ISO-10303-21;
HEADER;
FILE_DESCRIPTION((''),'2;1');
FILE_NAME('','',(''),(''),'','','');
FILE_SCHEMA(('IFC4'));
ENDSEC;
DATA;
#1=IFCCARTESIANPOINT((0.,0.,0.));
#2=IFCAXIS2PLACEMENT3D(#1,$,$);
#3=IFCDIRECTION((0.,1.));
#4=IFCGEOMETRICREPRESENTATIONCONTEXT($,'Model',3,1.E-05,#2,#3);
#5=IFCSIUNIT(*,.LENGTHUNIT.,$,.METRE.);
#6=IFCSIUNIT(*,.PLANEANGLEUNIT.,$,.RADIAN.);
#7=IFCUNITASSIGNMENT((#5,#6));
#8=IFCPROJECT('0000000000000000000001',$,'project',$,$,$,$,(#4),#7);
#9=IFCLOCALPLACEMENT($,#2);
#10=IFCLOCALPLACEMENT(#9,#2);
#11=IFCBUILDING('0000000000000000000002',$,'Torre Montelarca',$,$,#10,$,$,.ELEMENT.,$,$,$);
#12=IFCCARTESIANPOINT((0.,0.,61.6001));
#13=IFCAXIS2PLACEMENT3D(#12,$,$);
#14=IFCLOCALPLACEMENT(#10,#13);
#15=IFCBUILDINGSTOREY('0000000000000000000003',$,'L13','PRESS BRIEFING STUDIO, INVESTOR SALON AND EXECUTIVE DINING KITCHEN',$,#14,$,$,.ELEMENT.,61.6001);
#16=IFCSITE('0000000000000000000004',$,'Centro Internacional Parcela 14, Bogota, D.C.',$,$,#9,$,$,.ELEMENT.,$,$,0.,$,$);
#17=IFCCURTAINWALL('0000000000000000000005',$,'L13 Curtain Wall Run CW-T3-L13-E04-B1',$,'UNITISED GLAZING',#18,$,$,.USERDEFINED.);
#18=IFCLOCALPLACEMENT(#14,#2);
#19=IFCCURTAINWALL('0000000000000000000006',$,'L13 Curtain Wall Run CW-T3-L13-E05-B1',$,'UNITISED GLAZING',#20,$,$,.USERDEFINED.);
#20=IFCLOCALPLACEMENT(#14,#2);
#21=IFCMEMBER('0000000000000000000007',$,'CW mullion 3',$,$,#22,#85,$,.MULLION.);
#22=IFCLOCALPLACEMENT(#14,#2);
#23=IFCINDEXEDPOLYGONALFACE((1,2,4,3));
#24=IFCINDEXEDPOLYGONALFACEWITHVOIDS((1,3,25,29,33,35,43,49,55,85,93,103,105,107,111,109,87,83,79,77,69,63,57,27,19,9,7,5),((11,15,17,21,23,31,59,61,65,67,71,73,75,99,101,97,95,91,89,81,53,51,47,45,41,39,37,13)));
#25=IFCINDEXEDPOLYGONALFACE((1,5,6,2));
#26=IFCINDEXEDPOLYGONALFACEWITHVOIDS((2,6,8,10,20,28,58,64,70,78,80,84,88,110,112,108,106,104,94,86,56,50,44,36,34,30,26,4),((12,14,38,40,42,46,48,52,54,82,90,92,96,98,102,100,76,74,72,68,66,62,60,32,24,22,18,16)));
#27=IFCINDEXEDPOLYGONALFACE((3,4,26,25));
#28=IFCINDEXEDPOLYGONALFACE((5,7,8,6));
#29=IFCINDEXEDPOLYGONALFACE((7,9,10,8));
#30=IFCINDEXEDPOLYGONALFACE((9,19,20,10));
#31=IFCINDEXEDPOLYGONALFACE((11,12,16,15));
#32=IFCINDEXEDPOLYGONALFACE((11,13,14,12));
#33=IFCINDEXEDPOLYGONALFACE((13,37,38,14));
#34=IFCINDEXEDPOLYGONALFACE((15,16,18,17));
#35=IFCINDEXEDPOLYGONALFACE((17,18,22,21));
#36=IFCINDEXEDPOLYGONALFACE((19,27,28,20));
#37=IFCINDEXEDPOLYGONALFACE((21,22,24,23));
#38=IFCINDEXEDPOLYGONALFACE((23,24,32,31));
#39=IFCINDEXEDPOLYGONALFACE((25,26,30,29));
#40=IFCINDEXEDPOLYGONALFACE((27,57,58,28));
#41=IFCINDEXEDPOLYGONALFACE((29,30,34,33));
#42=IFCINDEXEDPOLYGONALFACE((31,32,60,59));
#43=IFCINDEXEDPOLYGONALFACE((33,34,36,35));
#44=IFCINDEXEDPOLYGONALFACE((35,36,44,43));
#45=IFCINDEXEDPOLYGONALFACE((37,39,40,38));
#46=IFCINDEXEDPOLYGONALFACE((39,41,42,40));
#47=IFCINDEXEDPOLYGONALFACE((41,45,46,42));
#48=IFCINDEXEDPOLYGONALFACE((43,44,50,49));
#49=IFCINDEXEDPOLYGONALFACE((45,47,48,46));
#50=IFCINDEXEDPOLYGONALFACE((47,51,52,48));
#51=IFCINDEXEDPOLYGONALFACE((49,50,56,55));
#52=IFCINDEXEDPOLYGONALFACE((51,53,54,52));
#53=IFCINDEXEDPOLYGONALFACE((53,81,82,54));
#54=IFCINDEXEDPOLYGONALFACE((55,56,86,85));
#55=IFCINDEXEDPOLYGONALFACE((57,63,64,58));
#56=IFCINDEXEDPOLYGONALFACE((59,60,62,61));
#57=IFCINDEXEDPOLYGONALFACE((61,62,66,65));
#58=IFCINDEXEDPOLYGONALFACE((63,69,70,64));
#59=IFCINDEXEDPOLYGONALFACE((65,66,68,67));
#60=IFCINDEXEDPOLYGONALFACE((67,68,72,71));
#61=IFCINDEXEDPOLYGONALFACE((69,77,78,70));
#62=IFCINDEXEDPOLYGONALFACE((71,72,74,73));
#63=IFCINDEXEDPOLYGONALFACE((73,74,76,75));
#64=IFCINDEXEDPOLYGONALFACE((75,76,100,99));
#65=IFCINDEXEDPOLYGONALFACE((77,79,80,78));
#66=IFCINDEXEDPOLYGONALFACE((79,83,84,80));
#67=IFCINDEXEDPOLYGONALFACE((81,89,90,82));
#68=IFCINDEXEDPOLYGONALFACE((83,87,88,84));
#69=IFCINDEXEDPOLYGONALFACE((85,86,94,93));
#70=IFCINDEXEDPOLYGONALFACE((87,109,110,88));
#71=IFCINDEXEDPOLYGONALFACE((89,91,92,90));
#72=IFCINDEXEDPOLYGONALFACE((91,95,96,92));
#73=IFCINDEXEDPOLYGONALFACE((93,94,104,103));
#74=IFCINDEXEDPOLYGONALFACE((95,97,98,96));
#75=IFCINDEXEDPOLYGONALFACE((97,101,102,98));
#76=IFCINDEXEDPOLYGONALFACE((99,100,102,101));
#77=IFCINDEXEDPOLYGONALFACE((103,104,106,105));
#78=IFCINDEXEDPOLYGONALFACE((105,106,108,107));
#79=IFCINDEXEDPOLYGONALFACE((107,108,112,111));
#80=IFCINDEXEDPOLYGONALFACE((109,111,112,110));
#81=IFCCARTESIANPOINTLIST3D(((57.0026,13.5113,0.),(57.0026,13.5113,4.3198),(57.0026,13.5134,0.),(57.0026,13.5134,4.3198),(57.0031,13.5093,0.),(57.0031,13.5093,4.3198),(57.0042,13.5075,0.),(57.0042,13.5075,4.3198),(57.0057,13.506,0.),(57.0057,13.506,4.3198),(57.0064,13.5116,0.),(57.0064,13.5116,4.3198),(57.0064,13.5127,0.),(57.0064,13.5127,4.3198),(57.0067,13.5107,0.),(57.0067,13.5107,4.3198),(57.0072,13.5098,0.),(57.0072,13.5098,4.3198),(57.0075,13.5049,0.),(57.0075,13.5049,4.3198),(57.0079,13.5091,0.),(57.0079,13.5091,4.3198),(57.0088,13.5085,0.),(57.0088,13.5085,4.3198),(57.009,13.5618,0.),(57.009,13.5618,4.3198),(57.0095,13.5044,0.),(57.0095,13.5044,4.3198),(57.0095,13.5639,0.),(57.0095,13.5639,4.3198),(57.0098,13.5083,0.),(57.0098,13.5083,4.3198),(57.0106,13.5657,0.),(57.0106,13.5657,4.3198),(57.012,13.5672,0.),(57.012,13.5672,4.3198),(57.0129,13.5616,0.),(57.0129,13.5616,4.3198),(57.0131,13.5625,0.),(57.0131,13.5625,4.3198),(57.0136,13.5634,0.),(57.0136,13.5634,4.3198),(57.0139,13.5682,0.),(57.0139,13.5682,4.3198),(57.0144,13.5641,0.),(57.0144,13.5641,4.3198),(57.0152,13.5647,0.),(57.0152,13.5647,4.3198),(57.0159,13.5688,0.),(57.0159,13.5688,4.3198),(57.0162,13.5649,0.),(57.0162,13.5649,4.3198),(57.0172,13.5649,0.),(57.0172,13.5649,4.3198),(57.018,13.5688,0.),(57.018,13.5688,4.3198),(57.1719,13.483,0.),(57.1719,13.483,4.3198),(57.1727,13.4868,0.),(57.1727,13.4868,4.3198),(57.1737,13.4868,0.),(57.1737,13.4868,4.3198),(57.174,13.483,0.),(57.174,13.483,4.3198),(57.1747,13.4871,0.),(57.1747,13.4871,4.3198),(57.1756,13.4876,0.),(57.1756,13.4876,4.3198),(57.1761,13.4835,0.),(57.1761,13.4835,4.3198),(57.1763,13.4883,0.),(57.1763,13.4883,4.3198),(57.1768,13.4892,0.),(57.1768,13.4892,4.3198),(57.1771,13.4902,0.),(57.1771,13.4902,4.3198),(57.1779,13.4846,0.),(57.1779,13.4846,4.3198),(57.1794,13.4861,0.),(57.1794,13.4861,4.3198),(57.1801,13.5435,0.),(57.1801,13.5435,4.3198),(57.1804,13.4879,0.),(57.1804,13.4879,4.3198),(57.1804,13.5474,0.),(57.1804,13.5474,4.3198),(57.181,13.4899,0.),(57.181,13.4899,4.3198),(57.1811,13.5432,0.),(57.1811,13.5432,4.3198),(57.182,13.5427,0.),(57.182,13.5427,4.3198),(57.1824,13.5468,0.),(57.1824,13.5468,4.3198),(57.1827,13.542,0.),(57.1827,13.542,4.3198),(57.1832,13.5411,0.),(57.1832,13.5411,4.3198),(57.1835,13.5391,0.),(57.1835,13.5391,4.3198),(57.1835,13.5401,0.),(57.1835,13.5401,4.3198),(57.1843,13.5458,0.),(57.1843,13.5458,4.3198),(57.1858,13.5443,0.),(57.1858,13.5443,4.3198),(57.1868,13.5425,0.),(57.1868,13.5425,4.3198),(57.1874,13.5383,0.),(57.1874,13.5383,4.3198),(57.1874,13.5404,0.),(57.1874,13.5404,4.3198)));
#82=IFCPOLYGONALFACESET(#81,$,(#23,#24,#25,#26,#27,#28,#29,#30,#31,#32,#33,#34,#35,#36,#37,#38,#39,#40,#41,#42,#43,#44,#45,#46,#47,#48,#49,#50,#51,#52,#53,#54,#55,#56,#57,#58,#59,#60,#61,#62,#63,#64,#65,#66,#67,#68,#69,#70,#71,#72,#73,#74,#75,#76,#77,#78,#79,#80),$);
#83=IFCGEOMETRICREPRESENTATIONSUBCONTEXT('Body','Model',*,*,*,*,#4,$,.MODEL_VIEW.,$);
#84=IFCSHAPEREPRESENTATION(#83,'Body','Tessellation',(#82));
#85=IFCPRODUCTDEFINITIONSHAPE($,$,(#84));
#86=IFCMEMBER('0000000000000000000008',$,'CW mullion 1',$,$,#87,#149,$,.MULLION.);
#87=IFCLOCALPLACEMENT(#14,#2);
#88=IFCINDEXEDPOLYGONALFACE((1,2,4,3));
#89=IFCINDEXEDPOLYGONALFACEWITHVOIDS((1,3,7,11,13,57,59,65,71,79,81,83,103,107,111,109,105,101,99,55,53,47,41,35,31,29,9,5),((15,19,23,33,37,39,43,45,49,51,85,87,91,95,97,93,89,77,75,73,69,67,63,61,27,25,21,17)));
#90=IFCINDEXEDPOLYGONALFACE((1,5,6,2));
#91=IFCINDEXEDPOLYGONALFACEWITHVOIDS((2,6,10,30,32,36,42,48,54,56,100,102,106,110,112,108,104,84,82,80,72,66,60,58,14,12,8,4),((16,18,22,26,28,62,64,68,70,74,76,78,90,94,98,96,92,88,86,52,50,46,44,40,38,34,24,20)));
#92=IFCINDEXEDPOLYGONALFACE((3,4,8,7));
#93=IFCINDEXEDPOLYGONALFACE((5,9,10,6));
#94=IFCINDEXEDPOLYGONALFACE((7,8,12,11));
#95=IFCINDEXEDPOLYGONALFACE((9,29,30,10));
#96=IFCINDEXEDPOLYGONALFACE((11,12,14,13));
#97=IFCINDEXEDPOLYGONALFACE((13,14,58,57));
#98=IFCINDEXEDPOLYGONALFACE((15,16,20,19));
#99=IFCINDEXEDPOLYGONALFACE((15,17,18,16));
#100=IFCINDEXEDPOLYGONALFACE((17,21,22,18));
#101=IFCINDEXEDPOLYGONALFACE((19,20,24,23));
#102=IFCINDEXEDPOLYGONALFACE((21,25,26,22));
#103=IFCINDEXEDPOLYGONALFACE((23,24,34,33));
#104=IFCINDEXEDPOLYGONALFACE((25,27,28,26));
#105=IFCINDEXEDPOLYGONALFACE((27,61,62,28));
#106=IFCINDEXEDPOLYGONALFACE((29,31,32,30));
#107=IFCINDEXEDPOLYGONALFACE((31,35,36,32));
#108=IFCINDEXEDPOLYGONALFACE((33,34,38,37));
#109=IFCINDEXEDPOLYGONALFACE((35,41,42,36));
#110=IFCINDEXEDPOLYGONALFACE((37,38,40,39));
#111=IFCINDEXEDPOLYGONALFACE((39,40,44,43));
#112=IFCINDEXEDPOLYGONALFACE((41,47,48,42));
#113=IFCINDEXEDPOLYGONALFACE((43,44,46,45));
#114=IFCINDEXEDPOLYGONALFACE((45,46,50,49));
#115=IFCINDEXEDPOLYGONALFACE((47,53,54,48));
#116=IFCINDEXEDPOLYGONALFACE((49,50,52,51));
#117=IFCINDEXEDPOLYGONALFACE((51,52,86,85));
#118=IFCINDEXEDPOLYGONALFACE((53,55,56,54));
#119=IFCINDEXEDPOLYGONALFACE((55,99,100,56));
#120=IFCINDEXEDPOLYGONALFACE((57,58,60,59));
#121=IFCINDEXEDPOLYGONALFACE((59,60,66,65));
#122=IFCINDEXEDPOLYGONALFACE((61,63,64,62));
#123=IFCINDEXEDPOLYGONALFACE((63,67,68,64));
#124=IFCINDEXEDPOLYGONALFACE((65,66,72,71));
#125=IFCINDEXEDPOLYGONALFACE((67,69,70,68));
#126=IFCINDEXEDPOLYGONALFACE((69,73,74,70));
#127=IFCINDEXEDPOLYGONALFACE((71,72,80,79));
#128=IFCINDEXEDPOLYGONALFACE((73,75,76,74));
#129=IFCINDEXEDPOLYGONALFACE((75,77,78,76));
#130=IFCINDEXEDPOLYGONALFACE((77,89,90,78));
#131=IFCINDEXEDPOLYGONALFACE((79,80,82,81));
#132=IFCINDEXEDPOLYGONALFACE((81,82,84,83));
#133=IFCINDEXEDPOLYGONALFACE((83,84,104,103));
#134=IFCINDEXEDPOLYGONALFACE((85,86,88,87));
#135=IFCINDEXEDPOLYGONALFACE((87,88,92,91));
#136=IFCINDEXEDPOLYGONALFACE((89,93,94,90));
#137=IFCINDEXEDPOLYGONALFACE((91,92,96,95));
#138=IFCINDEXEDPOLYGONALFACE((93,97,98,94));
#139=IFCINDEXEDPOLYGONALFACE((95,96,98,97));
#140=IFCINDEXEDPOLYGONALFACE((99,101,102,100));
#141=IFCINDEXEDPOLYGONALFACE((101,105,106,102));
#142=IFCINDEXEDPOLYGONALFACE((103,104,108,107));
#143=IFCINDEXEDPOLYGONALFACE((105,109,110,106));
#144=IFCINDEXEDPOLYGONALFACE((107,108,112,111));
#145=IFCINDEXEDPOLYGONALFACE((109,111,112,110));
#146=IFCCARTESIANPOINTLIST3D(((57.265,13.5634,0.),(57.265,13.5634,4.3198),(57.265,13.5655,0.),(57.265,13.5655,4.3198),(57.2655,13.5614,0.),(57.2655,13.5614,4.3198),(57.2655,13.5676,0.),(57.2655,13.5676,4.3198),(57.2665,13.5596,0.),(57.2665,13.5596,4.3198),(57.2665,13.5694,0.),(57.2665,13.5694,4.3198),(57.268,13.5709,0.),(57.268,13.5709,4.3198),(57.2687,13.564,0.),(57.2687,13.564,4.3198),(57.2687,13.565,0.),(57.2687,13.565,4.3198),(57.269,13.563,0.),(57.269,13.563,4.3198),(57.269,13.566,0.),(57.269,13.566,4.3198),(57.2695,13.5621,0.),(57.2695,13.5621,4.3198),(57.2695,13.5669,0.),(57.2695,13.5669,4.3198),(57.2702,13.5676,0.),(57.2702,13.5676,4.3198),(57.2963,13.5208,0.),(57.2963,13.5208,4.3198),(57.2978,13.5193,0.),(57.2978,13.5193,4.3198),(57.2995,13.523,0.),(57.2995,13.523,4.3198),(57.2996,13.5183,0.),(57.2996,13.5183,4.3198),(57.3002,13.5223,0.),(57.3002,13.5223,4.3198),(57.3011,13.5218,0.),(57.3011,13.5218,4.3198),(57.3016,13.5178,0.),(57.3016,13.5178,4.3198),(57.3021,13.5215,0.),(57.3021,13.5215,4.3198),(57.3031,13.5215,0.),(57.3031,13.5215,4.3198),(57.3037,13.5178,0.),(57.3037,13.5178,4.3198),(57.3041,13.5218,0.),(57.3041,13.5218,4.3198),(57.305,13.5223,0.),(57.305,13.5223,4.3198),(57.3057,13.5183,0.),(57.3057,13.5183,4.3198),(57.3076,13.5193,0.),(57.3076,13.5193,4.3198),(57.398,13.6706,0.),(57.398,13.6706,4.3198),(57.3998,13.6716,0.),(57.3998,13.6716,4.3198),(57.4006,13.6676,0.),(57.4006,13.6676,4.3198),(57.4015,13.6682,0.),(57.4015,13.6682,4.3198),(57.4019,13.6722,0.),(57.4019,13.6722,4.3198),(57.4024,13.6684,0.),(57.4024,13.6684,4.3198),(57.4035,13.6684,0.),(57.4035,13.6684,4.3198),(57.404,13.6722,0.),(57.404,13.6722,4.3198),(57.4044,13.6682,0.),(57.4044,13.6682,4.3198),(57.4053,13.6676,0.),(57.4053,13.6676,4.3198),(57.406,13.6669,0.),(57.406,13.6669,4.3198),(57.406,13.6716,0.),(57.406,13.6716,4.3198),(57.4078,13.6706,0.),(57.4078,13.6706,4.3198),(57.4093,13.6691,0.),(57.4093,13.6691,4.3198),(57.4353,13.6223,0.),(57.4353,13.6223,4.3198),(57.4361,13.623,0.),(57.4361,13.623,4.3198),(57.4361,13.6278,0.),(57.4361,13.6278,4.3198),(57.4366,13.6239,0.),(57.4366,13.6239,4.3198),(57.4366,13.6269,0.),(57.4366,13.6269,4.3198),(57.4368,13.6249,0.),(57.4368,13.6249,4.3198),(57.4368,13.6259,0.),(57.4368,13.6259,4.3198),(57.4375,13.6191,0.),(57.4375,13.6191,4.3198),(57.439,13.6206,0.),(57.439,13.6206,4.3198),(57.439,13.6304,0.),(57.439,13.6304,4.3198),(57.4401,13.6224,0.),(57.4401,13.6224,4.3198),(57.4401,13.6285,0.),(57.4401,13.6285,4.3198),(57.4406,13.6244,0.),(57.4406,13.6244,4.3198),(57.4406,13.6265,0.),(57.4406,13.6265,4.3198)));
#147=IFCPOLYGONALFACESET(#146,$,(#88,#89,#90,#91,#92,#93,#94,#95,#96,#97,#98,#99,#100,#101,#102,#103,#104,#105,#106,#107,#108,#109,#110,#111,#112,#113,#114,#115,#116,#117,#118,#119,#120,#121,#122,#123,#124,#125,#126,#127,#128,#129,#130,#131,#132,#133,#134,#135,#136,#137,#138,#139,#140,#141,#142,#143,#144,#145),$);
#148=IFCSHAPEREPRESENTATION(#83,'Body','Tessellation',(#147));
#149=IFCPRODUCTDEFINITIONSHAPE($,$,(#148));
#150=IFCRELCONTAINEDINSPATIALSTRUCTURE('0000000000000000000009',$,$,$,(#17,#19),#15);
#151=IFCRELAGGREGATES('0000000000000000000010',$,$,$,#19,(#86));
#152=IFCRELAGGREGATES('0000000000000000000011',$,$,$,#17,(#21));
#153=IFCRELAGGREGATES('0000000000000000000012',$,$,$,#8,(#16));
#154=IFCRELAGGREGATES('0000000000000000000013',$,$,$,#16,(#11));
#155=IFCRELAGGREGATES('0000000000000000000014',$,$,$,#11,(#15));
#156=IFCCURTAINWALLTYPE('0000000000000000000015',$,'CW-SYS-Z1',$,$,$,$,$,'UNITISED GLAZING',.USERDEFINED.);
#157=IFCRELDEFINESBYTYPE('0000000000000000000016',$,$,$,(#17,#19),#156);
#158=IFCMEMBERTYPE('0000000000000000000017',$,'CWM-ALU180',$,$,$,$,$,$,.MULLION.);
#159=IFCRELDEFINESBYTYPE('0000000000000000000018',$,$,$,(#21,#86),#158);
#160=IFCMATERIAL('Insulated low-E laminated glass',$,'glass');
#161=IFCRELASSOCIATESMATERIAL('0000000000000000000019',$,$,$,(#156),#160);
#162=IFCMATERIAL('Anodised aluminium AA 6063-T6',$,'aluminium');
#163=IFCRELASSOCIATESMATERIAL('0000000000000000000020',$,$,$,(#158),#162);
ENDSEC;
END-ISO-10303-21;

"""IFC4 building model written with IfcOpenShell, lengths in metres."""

from ifc_helpers import new_model, si_unit, direction, frame, origin, origin_2d, place, context, subcontext, project, spatial, hollow_rectangle, extrude, source, transform, mapped, material, material_profile, profile_set, type_object, element, aggregate, save


model = new_model("IFC4")

# Units and contexts
model_context = context("Model", 3, precision=1e-05, world=origin(), true_north=direction((0.0, 1.0)))
body_context = subcontext(model_context, "Body", "Model", "MODEL_VIEW")
ifc_project = project(units=[si_unit("LENGTHUNIT", "METRE"), si_unit("PLANEANGLEUNIT", "RADIAN")], contexts=[model_context])

# Site, building, storey
site_placement = place(None, origin())
site = spatial("IfcSite", under=ifc_project, at=site_placement, Name="Centro Internacional Parcela 14, Bogota, D.C.", CompositionType="ELEMENT", RefElevation=0.0)
building_placement = place(site_placement, origin())
building = spatial("IfcBuilding", under=site, at=building_placement, Name="Torre Montelarca", CompositionType="ELEMENT")
storey_placement = place(building_placement, frame((0.0, 0.0, 61.6001)))
storey = spatial("IfcBuildingStorey", under=building, at=storey_placement, Name="L13", Description="PRESS BRIEFING STUDIO, INVESTOR SALON AND EXECUTIVE DINING KITCHEN", CompositionType="ELEMENT", Elevation=61.6001)

# Curtain walls
ifc_material_1 = material(Name="Insulated low-E laminated glass", Category="glass")
curtain_wall_type = type_object("IfcCurtainWallType", Name="CW-SYS-Z1", ElementType="UNITISED GLAZING", PredefinedType="USERDEFINED", material=ifc_material_1)
curtain_wall_1_placement = place(storey_placement, origin())
curtain_wall_1 = element("IfcCurtainWall", 1, at=curtain_wall_1_placement, inside=storey, type_object=curtain_wall_type, Name="L13 Curtain Wall Run CW-T3-L13-E04-B1", ObjectType="UNITISED GLAZING", PredefinedType="USERDEFINED")
ifc_material_2 = material(Name="Anodised aluminium AA 6063-T6", Category="aluminium")
curtain_wall_2_placement = place(storey_placement, origin())
curtain_wall_2 = element("IfcCurtainWall", 2, at=curtain_wall_2_placement, inside=storey, type_object=curtain_wall_type, Name="L13 Curtain Wall Run CW-T3-L13-E05-B1", ObjectType="UNITISED GLAZING", PredefinedType="USERDEFINED")

# Members
ifc_material_profile_1 = material_profile(ifc_material_2, hollow_rectangle(XDim=0.0649, YDim=0.1799, WallThickness=0.0039, InnerFilletRadius=0.0039, OuterFilletRadius=0.0081, at=origin_2d()), Name="ALU65X180X4", Category="aluminium")
ifc_profile_set_1 = profile_set([ifc_material_profile_1], Name="Anodised aluminium AA 6063-T6")
member_type_1 = type_object("IfcMemberType", Name="CWM-ALU180", PredefinedType="MULLION", material=ifc_profile_set_1)
shared_shape_1 = source(origin(), body_context, "Body", "SweptSolid", [
    extrude(hollow_rectangle(XDim=0.0649, YDim=0.1799, WallThickness=0.0039, InnerFilletRadius=0.0039, OuterFilletRadius=0.0081, at=origin_2d()), origin(), (0.0, 0.0, 1.0), 4.3198),
])
member_1_placement = place(storey_placement, frame((57.095, 13.5259, 0.0), z_axis=(0.0, 0.0, 1.0), x_axis=(0.130521, 0.991446, 0.0)))
member_1 = element("IfcMember", 3, at=member_1_placement, type_object=member_type_1, Name="CW mullion 3", PredefinedType="MULLION", context=body_context, shape_type="MappedRepresentation", body=[
    mapped(shared_shape_1, transform((0.0, 0.0, 0.0), scale=1.0)),
])
member_2_placement = place(storey_placement, frame((57.3528, 13.595, 0.0), z_axis=(0.0, 0.0, 1.0), x_axis=(-0.608764, 0.793351, 0.0)))
member_2 = element("IfcMember", 4, at=member_2_placement, type_object=member_type_1, Name="CW mullion 1", PredefinedType="MULLION", context=body_context, shape_type="MappedRepresentation", body=[
    mapped(shared_shape_1, transform((0.0, 0.0, 0.0), scale=1.0)),
])

aggregate(curtain_wall_2, [member_2])
aggregate(curtain_wall_1, [member_1])

save(model, "model.ifc")
